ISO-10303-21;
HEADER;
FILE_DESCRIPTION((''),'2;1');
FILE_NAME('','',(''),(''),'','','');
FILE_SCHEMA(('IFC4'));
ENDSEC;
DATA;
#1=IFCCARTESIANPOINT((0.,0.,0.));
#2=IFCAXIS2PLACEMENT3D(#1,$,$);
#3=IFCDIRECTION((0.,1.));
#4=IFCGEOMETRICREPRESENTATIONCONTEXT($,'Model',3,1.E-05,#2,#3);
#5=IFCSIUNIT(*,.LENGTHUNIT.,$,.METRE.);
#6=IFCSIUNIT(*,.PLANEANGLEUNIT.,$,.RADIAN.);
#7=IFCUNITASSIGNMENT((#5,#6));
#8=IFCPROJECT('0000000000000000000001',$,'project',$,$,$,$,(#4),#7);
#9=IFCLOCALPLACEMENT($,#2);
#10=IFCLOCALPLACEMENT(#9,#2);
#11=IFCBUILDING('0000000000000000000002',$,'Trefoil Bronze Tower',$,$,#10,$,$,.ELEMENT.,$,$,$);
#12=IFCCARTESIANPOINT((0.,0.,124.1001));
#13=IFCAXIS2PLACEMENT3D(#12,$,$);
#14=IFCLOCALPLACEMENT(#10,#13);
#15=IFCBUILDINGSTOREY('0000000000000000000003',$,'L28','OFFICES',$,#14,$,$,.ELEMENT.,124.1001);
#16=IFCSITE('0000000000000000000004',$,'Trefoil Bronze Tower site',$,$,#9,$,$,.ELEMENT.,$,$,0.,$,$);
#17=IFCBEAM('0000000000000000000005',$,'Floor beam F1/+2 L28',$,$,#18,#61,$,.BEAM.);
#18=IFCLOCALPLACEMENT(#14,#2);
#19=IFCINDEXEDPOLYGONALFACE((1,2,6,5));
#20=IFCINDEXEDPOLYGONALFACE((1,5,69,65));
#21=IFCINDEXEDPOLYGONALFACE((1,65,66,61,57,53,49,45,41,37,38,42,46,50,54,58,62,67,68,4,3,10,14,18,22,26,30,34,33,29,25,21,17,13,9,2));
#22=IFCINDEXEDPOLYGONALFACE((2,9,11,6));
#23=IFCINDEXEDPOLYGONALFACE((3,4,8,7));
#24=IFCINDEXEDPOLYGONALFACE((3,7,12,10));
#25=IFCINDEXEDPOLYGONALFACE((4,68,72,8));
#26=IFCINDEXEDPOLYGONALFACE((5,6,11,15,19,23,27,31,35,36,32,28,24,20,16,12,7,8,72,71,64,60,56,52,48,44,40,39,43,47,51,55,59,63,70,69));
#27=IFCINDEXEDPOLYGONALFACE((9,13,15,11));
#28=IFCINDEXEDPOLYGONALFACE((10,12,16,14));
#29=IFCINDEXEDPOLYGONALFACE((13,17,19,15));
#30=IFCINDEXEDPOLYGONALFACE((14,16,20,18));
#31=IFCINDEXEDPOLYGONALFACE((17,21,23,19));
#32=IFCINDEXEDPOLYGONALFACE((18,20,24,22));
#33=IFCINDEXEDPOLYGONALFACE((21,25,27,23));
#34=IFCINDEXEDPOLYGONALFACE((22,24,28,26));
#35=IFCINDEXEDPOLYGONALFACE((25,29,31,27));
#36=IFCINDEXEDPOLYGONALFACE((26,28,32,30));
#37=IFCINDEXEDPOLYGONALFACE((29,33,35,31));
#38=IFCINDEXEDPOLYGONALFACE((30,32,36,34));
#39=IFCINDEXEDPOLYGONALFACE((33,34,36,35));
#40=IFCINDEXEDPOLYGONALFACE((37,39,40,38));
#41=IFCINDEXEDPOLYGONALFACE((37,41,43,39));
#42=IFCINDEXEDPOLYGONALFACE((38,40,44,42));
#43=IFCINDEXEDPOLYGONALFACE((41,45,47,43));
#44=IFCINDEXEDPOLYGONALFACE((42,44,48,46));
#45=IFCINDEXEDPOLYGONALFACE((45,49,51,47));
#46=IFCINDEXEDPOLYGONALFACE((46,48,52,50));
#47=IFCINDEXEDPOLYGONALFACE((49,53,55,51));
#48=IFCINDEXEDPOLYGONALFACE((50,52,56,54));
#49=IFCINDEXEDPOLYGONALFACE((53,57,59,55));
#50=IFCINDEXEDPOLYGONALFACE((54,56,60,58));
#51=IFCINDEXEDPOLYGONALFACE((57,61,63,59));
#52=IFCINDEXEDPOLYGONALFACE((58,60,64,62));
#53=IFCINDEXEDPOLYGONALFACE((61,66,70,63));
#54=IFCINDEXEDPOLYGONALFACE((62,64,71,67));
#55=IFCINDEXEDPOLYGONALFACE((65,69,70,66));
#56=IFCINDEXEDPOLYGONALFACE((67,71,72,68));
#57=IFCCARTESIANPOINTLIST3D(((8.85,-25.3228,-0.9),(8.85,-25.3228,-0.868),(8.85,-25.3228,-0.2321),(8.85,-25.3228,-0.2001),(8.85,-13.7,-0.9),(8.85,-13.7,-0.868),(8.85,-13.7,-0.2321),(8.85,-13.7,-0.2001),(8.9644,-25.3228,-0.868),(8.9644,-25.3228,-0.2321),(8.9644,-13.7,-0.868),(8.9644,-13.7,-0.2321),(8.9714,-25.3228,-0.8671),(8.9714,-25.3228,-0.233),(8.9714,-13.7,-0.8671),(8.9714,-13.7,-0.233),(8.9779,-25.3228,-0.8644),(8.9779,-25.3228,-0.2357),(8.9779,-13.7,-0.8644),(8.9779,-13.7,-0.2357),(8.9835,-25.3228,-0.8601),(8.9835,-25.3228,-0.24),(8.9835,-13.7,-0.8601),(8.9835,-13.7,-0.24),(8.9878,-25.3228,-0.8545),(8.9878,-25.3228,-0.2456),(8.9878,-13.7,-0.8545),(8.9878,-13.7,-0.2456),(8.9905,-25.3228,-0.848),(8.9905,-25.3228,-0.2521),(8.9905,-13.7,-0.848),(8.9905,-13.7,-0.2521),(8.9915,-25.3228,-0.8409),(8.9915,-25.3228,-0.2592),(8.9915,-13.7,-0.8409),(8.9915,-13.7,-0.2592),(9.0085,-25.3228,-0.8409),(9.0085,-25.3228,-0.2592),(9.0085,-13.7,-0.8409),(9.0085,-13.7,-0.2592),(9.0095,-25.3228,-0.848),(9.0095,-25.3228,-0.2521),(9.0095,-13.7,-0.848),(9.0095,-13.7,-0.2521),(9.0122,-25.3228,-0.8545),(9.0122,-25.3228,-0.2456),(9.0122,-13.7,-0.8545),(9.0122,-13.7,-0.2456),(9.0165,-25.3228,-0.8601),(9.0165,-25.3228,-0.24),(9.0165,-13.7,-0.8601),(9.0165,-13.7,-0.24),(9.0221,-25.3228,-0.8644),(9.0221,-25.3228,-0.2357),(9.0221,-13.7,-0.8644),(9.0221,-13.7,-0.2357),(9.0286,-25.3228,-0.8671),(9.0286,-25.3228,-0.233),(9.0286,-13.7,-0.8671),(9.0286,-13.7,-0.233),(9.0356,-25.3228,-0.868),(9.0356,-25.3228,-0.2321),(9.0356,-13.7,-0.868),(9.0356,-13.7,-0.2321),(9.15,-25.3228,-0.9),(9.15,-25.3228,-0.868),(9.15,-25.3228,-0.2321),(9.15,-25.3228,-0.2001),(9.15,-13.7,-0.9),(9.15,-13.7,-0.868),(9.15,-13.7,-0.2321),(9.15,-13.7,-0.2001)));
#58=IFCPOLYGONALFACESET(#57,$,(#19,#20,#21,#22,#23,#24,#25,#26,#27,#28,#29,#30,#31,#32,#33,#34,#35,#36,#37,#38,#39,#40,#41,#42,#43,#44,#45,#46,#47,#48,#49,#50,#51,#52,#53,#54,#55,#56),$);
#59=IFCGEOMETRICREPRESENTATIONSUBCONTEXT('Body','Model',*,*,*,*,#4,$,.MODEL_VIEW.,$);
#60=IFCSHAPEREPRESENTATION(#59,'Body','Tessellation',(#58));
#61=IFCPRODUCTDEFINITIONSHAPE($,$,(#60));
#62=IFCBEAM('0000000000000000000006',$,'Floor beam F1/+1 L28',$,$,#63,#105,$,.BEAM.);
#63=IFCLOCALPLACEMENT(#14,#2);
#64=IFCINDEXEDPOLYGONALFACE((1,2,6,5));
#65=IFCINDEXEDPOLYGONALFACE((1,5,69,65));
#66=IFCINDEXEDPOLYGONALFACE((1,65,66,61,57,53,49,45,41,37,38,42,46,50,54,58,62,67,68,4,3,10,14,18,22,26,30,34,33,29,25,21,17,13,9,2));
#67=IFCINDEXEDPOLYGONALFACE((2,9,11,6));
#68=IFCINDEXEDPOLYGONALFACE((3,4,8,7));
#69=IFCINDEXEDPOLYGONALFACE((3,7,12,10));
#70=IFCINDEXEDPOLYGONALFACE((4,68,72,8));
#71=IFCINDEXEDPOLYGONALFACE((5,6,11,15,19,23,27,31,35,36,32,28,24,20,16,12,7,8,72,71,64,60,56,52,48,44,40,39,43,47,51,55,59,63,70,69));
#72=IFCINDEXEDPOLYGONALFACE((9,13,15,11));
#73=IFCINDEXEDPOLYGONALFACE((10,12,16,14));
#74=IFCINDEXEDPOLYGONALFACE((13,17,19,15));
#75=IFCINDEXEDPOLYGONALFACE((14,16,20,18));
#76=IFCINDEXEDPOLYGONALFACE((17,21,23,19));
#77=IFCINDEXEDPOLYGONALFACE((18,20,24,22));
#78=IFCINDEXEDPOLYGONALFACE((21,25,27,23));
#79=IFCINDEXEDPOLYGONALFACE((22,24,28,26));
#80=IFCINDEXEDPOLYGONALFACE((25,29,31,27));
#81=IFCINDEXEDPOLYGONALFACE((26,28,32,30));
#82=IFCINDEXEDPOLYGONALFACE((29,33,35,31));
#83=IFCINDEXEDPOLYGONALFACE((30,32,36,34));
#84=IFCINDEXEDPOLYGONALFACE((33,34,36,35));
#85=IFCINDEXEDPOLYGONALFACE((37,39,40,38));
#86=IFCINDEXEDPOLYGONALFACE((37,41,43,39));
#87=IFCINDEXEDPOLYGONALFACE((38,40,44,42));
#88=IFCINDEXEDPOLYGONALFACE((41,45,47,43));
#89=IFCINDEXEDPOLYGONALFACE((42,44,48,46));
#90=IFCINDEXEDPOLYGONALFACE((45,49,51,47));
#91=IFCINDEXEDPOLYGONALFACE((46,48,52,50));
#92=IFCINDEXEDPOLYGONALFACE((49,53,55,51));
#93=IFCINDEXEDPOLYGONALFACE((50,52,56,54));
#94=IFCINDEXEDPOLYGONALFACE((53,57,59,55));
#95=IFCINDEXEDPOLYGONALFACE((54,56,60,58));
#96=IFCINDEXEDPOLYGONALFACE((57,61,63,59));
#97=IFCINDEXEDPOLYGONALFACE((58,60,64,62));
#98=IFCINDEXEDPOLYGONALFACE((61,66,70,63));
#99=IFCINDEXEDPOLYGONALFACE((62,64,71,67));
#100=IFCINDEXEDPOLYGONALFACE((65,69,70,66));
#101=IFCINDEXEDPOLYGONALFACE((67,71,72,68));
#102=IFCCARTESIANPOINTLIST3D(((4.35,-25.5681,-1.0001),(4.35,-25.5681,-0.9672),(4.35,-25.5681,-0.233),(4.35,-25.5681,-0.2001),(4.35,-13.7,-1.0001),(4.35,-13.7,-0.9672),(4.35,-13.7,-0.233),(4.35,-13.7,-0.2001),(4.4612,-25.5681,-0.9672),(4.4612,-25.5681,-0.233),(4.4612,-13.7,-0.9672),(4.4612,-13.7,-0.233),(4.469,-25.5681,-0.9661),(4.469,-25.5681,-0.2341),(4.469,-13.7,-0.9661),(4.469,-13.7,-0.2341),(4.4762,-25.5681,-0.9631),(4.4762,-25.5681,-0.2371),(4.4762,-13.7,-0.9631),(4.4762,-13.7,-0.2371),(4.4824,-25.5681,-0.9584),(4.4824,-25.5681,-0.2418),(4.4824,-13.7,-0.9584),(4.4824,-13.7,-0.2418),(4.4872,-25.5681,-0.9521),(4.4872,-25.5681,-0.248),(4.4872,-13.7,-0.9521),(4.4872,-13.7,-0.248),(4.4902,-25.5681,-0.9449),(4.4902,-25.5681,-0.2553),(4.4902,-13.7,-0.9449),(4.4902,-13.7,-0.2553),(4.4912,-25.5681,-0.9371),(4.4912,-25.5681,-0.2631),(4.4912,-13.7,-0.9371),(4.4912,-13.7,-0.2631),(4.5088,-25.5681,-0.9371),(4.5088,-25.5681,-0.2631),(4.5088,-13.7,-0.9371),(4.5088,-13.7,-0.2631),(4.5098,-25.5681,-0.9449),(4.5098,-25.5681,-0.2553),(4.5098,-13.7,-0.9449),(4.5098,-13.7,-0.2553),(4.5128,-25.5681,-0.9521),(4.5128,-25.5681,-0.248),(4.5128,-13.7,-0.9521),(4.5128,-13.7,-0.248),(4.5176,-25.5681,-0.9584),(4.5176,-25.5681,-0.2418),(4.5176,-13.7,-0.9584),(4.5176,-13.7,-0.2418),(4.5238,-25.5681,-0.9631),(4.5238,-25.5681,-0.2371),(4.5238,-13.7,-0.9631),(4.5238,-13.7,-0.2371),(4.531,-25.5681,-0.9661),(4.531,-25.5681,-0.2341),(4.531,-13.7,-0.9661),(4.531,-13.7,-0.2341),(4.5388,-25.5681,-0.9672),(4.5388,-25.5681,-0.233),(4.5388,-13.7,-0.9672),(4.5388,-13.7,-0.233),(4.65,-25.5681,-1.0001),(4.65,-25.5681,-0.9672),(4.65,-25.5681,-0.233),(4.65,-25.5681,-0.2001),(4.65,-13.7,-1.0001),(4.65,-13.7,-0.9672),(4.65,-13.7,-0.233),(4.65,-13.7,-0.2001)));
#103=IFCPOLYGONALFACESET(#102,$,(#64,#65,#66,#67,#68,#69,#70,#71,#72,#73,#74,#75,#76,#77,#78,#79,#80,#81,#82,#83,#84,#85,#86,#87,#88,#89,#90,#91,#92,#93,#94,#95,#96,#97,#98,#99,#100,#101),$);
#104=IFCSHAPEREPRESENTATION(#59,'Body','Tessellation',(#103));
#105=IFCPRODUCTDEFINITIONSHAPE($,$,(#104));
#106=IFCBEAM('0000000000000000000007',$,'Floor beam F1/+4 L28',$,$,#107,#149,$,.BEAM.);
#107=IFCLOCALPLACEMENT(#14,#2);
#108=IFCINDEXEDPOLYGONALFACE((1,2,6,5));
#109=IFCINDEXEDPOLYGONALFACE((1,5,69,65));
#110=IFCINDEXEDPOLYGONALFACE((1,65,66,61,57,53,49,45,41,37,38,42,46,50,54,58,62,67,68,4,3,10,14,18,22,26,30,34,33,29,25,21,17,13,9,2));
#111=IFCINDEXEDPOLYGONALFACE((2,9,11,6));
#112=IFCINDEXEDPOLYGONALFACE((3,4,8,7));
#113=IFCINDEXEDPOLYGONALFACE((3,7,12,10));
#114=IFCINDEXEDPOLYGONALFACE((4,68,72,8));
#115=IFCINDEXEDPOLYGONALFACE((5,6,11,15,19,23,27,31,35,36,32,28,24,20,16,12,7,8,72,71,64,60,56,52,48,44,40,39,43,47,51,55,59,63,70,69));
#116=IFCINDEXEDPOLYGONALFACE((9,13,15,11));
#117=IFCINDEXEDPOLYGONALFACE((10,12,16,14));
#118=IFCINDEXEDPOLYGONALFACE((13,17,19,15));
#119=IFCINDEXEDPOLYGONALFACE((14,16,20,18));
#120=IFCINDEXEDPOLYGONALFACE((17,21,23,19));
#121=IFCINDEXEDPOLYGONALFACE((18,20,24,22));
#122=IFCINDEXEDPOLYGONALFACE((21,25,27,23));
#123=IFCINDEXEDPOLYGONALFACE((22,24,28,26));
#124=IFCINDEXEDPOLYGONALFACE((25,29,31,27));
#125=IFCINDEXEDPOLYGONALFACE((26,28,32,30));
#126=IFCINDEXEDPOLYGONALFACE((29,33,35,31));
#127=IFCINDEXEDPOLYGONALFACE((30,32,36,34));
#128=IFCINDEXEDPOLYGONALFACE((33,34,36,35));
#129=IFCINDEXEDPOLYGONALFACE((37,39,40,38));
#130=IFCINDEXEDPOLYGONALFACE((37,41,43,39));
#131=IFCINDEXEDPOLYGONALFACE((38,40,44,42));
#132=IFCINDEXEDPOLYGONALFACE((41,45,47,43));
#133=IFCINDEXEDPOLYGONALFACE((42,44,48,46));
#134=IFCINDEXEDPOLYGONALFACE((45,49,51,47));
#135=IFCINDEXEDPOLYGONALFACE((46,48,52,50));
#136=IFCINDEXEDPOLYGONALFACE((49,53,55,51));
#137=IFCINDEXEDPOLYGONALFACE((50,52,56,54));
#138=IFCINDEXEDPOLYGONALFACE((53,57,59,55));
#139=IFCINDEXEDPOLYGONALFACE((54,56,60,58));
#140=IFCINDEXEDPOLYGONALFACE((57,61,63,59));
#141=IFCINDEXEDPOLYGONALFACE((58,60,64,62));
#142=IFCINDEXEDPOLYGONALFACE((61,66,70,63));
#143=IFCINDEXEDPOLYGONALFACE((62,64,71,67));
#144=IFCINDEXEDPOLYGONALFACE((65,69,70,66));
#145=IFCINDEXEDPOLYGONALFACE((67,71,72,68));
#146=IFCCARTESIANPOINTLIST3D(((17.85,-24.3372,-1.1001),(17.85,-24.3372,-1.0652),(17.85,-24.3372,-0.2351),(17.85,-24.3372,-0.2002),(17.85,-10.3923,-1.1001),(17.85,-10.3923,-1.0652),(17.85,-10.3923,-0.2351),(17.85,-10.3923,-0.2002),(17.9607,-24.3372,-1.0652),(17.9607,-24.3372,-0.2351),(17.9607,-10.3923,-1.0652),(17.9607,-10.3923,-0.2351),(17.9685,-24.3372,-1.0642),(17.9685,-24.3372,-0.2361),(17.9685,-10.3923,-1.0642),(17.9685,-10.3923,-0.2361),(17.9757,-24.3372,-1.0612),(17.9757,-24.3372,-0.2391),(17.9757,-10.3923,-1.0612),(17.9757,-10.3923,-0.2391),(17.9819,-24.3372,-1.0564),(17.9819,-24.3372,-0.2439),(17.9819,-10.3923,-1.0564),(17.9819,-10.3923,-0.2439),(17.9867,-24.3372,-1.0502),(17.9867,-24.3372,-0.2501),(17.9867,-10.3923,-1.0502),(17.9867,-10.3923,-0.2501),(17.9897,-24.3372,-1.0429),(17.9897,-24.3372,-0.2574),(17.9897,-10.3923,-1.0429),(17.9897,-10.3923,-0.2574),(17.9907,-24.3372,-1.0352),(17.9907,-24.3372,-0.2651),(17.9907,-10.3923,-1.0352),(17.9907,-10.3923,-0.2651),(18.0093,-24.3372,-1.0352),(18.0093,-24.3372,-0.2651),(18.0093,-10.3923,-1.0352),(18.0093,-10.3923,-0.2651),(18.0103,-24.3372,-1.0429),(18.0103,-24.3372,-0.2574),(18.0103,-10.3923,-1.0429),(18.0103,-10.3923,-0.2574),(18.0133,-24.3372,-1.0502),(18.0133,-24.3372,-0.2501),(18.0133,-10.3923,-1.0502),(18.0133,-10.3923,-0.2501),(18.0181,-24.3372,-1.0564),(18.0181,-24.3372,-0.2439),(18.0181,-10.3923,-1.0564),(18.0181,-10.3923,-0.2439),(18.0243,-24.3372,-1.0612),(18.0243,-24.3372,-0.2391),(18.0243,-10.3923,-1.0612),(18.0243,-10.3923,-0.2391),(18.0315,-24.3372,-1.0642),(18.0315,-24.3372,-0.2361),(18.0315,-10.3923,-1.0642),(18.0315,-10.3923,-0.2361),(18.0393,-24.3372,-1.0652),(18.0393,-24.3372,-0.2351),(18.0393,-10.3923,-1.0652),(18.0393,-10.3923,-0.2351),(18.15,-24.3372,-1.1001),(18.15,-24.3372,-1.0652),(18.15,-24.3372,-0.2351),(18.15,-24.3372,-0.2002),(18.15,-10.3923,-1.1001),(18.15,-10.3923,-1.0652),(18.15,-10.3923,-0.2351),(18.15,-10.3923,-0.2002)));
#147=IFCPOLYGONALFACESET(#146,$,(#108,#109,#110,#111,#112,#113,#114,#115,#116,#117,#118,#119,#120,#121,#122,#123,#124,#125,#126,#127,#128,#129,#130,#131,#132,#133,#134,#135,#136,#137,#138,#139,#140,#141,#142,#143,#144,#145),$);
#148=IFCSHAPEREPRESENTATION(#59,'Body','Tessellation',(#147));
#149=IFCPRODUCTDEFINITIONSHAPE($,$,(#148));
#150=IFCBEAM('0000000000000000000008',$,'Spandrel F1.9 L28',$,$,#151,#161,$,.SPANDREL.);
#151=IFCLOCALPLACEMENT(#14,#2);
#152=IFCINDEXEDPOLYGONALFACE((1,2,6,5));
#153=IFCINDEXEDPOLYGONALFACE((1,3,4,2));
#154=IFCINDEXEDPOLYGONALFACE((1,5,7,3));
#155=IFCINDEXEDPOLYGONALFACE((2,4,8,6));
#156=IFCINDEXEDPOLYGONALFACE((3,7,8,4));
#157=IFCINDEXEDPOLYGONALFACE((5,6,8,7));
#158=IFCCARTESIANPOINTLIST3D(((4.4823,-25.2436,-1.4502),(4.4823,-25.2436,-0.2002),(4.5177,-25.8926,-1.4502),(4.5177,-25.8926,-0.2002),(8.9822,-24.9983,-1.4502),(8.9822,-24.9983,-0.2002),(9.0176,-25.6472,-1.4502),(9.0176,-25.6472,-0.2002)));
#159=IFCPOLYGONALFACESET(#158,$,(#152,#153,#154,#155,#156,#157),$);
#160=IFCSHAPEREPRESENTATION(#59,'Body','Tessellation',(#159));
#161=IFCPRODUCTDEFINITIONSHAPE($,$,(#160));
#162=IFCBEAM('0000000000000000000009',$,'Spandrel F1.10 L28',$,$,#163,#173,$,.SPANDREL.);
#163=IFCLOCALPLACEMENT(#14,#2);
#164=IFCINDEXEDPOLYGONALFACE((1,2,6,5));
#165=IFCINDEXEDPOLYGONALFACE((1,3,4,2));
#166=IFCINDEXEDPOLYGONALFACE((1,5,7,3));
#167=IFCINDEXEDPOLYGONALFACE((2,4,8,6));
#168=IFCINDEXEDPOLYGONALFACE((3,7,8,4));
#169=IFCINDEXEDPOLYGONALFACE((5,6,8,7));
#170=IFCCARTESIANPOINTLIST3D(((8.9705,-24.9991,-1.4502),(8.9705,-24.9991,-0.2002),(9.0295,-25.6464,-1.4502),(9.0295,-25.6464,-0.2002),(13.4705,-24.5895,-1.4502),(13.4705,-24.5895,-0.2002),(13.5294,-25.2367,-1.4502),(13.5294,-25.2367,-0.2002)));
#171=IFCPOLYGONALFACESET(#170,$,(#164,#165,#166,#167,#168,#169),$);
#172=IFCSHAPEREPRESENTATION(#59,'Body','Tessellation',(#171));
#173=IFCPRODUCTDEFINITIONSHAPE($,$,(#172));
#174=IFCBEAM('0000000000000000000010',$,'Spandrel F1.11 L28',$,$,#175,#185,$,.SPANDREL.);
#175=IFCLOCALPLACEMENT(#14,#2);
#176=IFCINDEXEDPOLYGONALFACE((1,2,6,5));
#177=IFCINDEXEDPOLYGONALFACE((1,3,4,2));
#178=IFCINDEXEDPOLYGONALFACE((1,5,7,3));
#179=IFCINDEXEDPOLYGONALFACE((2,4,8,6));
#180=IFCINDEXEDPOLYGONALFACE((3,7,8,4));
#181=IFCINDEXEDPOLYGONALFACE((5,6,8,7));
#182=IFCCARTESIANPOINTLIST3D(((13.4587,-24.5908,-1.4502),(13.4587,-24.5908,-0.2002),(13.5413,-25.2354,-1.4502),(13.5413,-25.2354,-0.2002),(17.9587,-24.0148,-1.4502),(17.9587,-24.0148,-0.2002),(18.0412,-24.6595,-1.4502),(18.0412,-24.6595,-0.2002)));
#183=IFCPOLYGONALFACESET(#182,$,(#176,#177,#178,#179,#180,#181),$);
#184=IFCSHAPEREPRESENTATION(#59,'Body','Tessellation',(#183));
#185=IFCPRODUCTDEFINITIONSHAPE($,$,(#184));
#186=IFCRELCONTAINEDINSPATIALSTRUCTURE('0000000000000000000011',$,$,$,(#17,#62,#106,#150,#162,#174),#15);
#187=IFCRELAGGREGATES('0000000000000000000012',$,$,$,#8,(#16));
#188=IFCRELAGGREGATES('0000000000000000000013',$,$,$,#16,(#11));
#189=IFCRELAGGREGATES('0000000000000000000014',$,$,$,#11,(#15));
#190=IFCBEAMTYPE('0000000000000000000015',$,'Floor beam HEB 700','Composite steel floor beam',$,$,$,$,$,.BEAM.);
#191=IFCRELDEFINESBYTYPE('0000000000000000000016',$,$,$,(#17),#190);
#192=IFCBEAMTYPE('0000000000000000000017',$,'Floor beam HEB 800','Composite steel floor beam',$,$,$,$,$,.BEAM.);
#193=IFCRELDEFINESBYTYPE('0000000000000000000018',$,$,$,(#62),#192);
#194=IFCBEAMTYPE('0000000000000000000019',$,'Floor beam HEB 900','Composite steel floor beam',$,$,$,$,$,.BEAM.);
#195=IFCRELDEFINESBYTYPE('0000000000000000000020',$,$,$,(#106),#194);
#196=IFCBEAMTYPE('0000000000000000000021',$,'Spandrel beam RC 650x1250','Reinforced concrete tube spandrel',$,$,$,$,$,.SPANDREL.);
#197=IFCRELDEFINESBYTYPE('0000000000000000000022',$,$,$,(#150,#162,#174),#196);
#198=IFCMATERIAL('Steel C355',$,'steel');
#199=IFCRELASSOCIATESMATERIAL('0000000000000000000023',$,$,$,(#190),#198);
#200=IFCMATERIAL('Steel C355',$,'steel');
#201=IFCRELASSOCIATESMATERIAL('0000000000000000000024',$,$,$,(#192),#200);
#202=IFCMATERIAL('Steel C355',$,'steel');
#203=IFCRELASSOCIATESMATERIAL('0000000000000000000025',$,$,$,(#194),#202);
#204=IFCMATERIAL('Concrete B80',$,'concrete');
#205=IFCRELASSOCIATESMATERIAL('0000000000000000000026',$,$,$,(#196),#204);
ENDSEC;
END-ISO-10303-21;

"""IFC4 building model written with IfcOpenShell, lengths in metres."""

from ifc_helpers import new_model, si_unit, direction, frame, origin, origin_2d, place, context, subcontext, project, spatial, rectangle, i_section, extrude, material, material_profile, profile_set, type_object, element, save


model = new_model("IFC4")

# Units and contexts
model_context = context("Model", 3, precision=1e-05, world=origin(), true_north=direction((0.0, 1.0)))
body_context = subcontext(model_context, "Body", "Model", "MODEL_VIEW")
ifc_project = project(units=[si_unit("LENGTHUNIT", "METRE"), si_unit("PLANEANGLEUNIT", "RADIAN")], contexts=[model_context])

# Site, building, storey
site_placement = place(None, origin())
site = spatial("IfcSite", under=ifc_project, at=site_placement, Name="Trefoil Bronze Tower site", CompositionType="ELEMENT", RefElevation=0.0)
building_placement = place(site_placement, origin())
building = spatial("IfcBuilding", under=site, at=building_placement, Name="Trefoil Bronze Tower", CompositionType="ELEMENT")
storey_placement = place(building_placement, frame((0.0, 0.0, 124.1001)))
storey = spatial("IfcBuildingStorey", under=building, at=storey_placement, Name="L28", Description="OFFICES", CompositionType="ELEMENT", Elevation=124.1001)

# Beams
ifc_material_1 = material(Name="Steel C355", Category="steel")
ifc_material_profile_1 = material_profile(ifc_material_1, i_section(OverallWidth=0.3, OverallDepth=0.7, WebThickness=0.0171, FlangeThickness=0.032, FilletRadius=0.0271, at=origin_2d()), Name="HEB 700")
ifc_profile_set_1 = profile_set([ifc_material_profile_1], Name="Steel C355")
beam_type_1 = type_object("IfcBeamType", Name="Floor beam HEB 700", Description="Composite steel floor beam", PredefinedType="BEAM", material=ifc_profile_set_1)
beam_1_placement = place(storey_placement, frame((9.0, -25.3228, -0.55), z_axis=(0.0, 1.0, 0.0), x_axis=(-1.0, 0.0, 0.0)))
element("IfcBeam", 1, at=beam_1_placement, inside=storey, type_object=beam_type_1, Name="Floor beam F1/+2 L28", PredefinedType="BEAM", context=body_context, shape_type="SweptSolid", body=[
    extrude(i_section(OverallWidth=0.3, OverallDepth=0.7, WebThickness=0.0171, FlangeThickness=0.032, FilletRadius=0.0271, at=origin_2d()), origin(), (0.0, 0.0, 1.0), 11.6228),
])
ifc_material_2 = material(Name="Steel C355", Category="steel")
ifc_material_profile_2 = material_profile(ifc_material_2, i_section(OverallWidth=0.3, OverallDepth=0.8, WebThickness=0.0176, FlangeThickness=0.033, FilletRadius=0.03, at=origin_2d()), Name="HEB 800")
ifc_profile_set_2 = profile_set([ifc_material_profile_2], Name="Steel C355")
beam_type_2 = type_object("IfcBeamType", Name="Floor beam HEB 800", Description="Composite steel floor beam", PredefinedType="BEAM", material=ifc_profile_set_2)
beam_2_placement = place(storey_placement, frame((4.5, -25.5681, -0.6001), z_axis=(0.0, 1.0, 0.0), x_axis=(-1.0, 0.0, 0.0)))
element("IfcBeam", 2, at=beam_2_placement, inside=storey, type_object=beam_type_2, Name="Floor beam F1/+1 L28", PredefinedType="BEAM", context=body_context, shape_type="SweptSolid", body=[
    extrude(i_section(OverallWidth=0.3, OverallDepth=0.8, WebThickness=0.0176, FlangeThickness=0.033, FilletRadius=0.03, at=origin_2d()), origin(), (0.0, 0.0, 1.0), 11.8682),
])
ifc_material_3 = material(Name="Steel C355", Category="steel")
ifc_material_profile_3 = material_profile(ifc_material_3, i_section(OverallWidth=0.3, OverallDepth=0.8999, WebThickness=0.0186, FlangeThickness=0.0349, FilletRadius=0.03, at=origin_2d()), Name="HEB 900")
ifc_profile_set_3 = profile_set([ifc_material_profile_3], Name="Steel C355")
beam_type_3 = type_object("IfcBeamType", Name="Floor beam HEB 900", Description="Composite steel floor beam", PredefinedType="BEAM", material=ifc_profile_set_3)
beam_3_placement = place(storey_placement, frame((18.0, -24.3372, -0.6501), z_axis=(0.0, 1.0, 0.0), x_axis=(-1.0, 0.0, 0.0)))
element("IfcBeam", 3, at=beam_3_placement, inside=storey, type_object=beam_type_3, Name="Floor beam F1/+4 L28", PredefinedType="BEAM", context=body_context, shape_type="SweptSolid", body=[
    extrude(i_section(OverallWidth=0.3, OverallDepth=0.8999, WebThickness=0.0186, FlangeThickness=0.0349, FilletRadius=0.03, at=origin_2d()), origin(), (0.0, 0.0, 1.0), 13.9448),
])
ifc_material_4 = material(Name="Concrete B80", Category="concrete")
ifc_material_profile_4 = material_profile(ifc_material_4, rectangle(XDim=0.6499, YDim=1.25, at=origin_2d()), Name="RC 650x1250")
ifc_profile_set_4 = profile_set([ifc_material_profile_4], Name="Concrete B80")
beam_type_4 = type_object("IfcBeamType", Name="Spandrel beam RC 650x1250", Description="Reinforced concrete tube spandrel", PredefinedType="SPANDREL", material=ifc_profile_set_4)
beam_4_placement = place(storey_placement, frame((4.5, -25.5681, -0.8252), z_axis=(0.998517, 0.054444, 0.0), x_axis=(-0.054444, 0.998517, 0.0)))
element("IfcBeam", 4, at=beam_4_placement, inside=storey, type_object=beam_type_4, Name="Spandrel F1.9 L28", PredefinedType="SPANDREL", context=body_context, shape_type="SweptSolid", body=[
    extrude(rectangle(XDim=0.6499, YDim=1.25, at=origin_2d()), origin(), (0.0, 0.0, 1.0), 4.5066),
])
beam_5_placement = place(storey_placement, frame((9.0, -25.3228, -0.8252), z_axis=(0.995882, 0.090662, 0.0), x_axis=(-0.090662, 0.995882, 0.0)))
element("IfcBeam", 5, at=beam_5_placement, inside=storey, type_object=beam_type_4, Name="Spandrel F1.10 L28", PredefinedType="SPANDREL", context=body_context, shape_type="SweptSolid", body=[
    extrude(rectangle(XDim=0.6499, YDim=1.25, at=origin_2d()), origin(), (0.0, 0.0, 1.0), 4.5186),
])
beam_6_placement = place(storey_placement, frame((13.5, -24.9131, -0.8252), z_axis=(0.991909, 0.126948, 0.0), x_axis=(-0.126948, 0.991909, 0.0)))
element("IfcBeam", 6, at=beam_6_placement, inside=storey, type_object=beam_type_4, Name="Spandrel F1.11 L28", PredefinedType="SPANDREL", context=body_context, shape_type="SweptSolid", body=[
    extrude(rectangle(XDim=0.6499, YDim=1.25, at=origin_2d()), origin(), (0.0, 0.0, 1.0), 4.5366),
])

save(model, "model.ifc")
